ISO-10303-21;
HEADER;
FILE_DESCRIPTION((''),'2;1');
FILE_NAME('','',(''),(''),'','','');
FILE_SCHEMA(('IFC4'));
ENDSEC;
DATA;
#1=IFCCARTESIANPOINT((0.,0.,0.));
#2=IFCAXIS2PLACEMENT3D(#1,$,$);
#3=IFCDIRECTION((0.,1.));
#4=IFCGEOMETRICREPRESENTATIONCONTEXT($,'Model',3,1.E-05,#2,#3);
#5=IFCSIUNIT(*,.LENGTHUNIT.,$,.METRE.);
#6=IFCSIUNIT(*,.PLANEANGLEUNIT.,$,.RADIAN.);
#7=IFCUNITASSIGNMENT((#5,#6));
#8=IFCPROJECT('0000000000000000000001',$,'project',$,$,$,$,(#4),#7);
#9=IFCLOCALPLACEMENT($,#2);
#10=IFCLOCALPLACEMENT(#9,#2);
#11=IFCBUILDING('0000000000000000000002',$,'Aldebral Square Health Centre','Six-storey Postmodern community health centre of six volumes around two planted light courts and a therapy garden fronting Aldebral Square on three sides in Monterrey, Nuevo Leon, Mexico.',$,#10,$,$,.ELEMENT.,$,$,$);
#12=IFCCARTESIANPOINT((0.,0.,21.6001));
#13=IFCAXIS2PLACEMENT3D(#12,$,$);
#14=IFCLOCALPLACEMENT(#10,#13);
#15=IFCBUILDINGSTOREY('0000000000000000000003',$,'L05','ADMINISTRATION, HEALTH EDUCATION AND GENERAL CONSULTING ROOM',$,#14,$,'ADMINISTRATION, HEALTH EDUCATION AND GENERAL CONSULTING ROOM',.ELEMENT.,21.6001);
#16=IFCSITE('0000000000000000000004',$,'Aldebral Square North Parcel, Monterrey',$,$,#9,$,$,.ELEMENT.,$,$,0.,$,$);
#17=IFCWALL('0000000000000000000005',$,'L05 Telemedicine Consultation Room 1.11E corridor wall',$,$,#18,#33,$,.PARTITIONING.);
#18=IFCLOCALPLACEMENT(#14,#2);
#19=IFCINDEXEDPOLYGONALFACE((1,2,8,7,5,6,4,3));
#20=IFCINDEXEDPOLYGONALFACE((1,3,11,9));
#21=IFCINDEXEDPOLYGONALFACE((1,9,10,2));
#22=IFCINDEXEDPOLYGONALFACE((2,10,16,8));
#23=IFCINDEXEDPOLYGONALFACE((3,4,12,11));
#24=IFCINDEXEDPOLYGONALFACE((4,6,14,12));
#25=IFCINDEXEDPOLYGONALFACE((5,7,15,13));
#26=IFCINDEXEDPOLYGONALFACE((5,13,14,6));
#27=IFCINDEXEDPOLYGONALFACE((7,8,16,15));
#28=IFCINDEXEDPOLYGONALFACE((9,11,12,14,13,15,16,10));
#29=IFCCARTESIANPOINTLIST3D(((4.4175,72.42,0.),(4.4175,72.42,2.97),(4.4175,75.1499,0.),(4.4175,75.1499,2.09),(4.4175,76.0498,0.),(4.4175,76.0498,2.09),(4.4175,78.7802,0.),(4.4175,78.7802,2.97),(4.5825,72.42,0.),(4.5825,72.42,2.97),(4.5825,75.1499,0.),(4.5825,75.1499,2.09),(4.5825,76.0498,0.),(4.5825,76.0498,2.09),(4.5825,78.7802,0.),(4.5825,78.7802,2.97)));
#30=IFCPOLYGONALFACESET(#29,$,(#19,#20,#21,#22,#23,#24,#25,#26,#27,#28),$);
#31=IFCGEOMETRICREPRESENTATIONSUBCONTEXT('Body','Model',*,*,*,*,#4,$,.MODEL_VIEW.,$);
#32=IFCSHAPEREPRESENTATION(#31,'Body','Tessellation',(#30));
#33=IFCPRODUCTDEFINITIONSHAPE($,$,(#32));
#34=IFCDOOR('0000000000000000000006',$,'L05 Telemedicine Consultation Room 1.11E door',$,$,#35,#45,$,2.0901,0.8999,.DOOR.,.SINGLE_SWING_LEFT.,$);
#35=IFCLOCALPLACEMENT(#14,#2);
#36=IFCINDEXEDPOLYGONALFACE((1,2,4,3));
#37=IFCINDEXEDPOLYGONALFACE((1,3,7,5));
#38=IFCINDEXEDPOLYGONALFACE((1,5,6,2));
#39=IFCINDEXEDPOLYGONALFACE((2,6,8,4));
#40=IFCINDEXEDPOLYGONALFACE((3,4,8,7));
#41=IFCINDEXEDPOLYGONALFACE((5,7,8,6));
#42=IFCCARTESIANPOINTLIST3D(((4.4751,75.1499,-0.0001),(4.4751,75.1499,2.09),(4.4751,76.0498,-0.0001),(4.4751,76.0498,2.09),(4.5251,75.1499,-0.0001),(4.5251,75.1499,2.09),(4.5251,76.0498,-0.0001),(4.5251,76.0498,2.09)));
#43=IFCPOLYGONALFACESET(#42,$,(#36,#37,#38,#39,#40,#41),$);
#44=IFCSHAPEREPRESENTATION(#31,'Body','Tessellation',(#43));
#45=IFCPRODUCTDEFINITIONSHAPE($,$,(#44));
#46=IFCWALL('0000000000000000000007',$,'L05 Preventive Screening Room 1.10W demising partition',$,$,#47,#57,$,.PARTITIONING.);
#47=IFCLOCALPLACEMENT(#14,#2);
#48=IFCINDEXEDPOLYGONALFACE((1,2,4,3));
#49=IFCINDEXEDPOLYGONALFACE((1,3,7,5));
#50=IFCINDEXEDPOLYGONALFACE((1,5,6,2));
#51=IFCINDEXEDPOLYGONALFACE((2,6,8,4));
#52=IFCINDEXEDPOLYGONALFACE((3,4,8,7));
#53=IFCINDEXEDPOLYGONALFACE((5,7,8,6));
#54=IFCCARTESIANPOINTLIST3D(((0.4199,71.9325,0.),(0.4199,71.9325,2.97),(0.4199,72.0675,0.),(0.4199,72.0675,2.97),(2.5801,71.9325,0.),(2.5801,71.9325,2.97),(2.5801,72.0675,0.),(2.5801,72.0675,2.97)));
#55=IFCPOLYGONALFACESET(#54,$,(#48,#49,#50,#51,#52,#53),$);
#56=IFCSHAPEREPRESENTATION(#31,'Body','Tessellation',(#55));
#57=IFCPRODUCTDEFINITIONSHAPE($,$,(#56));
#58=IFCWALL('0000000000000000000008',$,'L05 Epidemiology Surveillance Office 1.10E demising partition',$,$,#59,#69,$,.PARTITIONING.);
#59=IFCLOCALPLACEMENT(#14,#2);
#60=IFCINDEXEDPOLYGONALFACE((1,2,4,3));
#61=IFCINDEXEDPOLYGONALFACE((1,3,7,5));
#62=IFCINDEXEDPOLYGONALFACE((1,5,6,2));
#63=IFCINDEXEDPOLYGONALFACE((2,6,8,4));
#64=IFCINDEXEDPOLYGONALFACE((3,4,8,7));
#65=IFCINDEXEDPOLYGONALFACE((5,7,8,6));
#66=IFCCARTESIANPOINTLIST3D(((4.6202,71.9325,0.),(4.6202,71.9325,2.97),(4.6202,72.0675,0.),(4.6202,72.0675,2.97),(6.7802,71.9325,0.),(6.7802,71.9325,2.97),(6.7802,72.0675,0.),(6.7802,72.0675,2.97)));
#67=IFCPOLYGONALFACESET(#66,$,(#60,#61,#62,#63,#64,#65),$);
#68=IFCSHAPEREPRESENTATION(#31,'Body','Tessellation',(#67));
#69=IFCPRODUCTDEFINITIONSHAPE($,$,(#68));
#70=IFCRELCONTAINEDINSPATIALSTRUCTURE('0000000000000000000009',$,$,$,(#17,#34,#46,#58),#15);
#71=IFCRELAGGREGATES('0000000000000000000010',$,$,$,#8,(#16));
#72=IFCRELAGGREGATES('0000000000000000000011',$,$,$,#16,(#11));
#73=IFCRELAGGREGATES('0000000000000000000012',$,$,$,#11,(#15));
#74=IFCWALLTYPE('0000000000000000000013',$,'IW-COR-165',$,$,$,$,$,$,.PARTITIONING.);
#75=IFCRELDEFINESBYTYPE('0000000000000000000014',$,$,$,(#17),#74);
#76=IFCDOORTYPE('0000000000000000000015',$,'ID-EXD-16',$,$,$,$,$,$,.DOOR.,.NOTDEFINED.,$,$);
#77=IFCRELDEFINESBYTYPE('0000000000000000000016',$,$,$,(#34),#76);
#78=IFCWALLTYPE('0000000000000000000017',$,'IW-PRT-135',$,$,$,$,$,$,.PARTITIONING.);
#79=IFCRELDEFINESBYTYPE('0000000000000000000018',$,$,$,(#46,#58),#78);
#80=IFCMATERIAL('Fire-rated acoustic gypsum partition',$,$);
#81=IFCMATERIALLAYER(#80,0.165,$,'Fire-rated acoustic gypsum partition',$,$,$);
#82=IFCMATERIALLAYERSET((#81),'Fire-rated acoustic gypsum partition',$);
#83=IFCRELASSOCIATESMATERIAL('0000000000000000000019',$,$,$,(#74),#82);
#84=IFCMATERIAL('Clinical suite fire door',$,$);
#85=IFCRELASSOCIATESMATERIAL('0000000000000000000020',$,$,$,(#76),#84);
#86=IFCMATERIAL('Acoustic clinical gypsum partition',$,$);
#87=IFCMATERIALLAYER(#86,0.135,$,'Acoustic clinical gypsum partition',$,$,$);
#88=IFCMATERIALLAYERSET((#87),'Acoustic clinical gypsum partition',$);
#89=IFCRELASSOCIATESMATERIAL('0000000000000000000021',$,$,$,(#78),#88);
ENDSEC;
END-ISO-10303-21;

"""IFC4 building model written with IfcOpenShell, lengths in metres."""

from ifc_helpers import new_model, si_unit, direction, frame, frame_2d, origin, place, context, subcontext, project, spatial, rectangle, extrude, material, layer, layer_set, type_object, element, fill, save


model = new_model("IFC4")

# Units and contexts
model_context = context("Model", 3, precision=1e-05, world=origin(), true_north=direction((0.0, 1.0)))
body_context = subcontext(model_context, "Body", "Model", "MODEL_VIEW")
ifc_project = project(units=[si_unit("LENGTHUNIT", "METRE"), si_unit("PLANEANGLEUNIT", "RADIAN")], contexts=[model_context])

# Site, building, storey
site_placement = place(None, origin())
site = spatial("IfcSite", under=ifc_project, at=site_placement, Name="Aldebral Square North Parcel, Monterrey", CompositionType="ELEMENT", RefElevation=0.0)
building_placement = place(site_placement, origin())
building = spatial("IfcBuilding", under=site, at=building_placement, Name="Aldebral Square Health Centre", Description="Six-storey Postmodern community health centre of six volumes around two planted light courts and a therapy garden fronting Aldebral Square on three sides in Monterrey, Nuevo Leon, Mexico.", CompositionType="ELEMENT")
storey_placement = place(building_placement, frame((0.0, 0.0, 21.6001)))
storey = spatial("IfcBuildingStorey", under=building, at=storey_placement, Name="L05", Description="ADMINISTRATION, HEALTH EDUCATION AND GENERAL CONSULTING ROOM", LongName="ADMINISTRATION, HEALTH EDUCATION AND GENERAL CONSULTING ROOM", CompositionType="ELEMENT", Elevation=21.6001)

# Wall, opening, door
ifc_material_1 = material(Name="Fire-rated acoustic gypsum partition")
ifc_layer_1 = layer(ifc_material_1, 0.165, Name="Fire-rated acoustic gypsum partition")
ifc_layer_set_1 = layer_set([ifc_layer_1], Name="Fire-rated acoustic gypsum partition")
wall_type_1 = type_object("IfcWallType", Name="IW-COR-165", PredefinedType="PARTITIONING", material=ifc_layer_set_1)
ifc_material_2 = material(Name="Clinical suite fire door")
wall_1_placement = place(storey_placement, frame((4.5, 72.4199, 0.0), z_axis=(0.0, 0.0, 1.0), x_axis=(0.0, 1.0, 0.0)))
wall_1 = element("IfcWall", 1, at=wall_1_placement, inside=storey, type_object=wall_type_1, Name="L05 Telemedicine Consultation Room 1.11E corridor wall", PredefinedType="PARTITIONING", context=body_context, shape_type="SweptSolid", body=[
    extrude(rectangle(XDim=6.3601, YDim=0.165, at=frame_2d((3.1802, 0.0))), origin(), (0.0, 0.0, 1.0), 2.97),
])
opening_1_placement = place(wall_1_placement, frame((2.73, 0.0, 0.0)))
opening_1 = element("IfcOpeningElement", 2, at=opening_1_placement, cuts=wall_1, PredefinedType="OPENING", context=body_context, shape_type="SweptSolid", body=[
    extrude(rectangle(XDim=0.8999, YDim=2.0901, at=frame_2d((0.45, 1.0449))), frame((0.0, 0.0925, 0.0), z_axis=(0.0, -1.0, 0.0), x_axis=(1.0, 0.0, 0.0)), (0.0, 0.0, 1.0), 0.1851),
])
door_type_1 = type_object("IfcDoorType", Name="ID-EXD-16", OperationType="NOTDEFINED", PredefinedType="DOOR", material=ifc_material_2)
door_1_placement = place(opening_1_placement, origin())
door_1 = element("IfcDoor", 3, at=door_1_placement, inside=storey, type_object=door_type_1, Name="L05 Telemedicine Consultation Room 1.11E door", OperationType="SINGLE_SWING_LEFT", OverallHeight=2.0901, OverallWidth=0.8999, PredefinedType="DOOR", context=body_context, shape_type="SweptSolid", body=[
    extrude(rectangle(XDim=0.8999, YDim=2.0901, at=frame_2d((0.45, 1.0449))), frame((0.0, 0.0249, 0.0), z_axis=(0.0, -1.0, 0.0), x_axis=(1.0, 0.0, 0.0)), (0.0, 0.0, 1.0), 0.05),
])
fill(opening_1, door_1)

# Walls
ifc_material_3 = material(Name="Acoustic clinical gypsum partition")
ifc_layer_2 = layer(ifc_material_3, 0.135, Name="Acoustic clinical gypsum partition")
ifc_layer_set_2 = layer_set([ifc_layer_2], Name="Acoustic clinical gypsum partition")
wall_type_2 = type_object("IfcWallType", Name="IW-PRT-135", PredefinedType="PARTITIONING", material=ifc_layer_set_2)
wall_2_placement = place(storey_placement, frame((0.4199, 72.0, 0.0), z_axis=(0.0, 0.0, 1.0), x_axis=(1.0, 0.0, 0.0)))
element("IfcWall", 4, at=wall_2_placement, inside=storey, type_object=wall_type_2, Name="L05 Preventive Screening Room 1.10W demising partition", PredefinedType="PARTITIONING", context=body_context, shape_type="SweptSolid", body=[
    extrude(rectangle(XDim=2.1602, YDim=0.135, at=frame_2d((1.0801, 0.0))), origin(), (0.0, 0.0, 1.0), 2.97),
])
wall_3_placement = place(storey_placement, frame((4.6201, 72.0, 0.0), z_axis=(0.0, 0.0, 1.0), x_axis=(1.0, 0.0, 0.0)))
element("IfcWall", 5, at=wall_3_placement, inside=storey, type_object=wall_type_2, Name="L05 Epidemiology Surveillance Office 1.10E demising partition", PredefinedType="PARTITIONING", context=body_context, shape_type="SweptSolid", body=[
    extrude(rectangle(XDim=2.1599, YDim=0.135, at=frame_2d((1.0801, 0.0))), origin(), (0.0, 0.0, 1.0), 2.97),
])

save(model, "model.ifc")
